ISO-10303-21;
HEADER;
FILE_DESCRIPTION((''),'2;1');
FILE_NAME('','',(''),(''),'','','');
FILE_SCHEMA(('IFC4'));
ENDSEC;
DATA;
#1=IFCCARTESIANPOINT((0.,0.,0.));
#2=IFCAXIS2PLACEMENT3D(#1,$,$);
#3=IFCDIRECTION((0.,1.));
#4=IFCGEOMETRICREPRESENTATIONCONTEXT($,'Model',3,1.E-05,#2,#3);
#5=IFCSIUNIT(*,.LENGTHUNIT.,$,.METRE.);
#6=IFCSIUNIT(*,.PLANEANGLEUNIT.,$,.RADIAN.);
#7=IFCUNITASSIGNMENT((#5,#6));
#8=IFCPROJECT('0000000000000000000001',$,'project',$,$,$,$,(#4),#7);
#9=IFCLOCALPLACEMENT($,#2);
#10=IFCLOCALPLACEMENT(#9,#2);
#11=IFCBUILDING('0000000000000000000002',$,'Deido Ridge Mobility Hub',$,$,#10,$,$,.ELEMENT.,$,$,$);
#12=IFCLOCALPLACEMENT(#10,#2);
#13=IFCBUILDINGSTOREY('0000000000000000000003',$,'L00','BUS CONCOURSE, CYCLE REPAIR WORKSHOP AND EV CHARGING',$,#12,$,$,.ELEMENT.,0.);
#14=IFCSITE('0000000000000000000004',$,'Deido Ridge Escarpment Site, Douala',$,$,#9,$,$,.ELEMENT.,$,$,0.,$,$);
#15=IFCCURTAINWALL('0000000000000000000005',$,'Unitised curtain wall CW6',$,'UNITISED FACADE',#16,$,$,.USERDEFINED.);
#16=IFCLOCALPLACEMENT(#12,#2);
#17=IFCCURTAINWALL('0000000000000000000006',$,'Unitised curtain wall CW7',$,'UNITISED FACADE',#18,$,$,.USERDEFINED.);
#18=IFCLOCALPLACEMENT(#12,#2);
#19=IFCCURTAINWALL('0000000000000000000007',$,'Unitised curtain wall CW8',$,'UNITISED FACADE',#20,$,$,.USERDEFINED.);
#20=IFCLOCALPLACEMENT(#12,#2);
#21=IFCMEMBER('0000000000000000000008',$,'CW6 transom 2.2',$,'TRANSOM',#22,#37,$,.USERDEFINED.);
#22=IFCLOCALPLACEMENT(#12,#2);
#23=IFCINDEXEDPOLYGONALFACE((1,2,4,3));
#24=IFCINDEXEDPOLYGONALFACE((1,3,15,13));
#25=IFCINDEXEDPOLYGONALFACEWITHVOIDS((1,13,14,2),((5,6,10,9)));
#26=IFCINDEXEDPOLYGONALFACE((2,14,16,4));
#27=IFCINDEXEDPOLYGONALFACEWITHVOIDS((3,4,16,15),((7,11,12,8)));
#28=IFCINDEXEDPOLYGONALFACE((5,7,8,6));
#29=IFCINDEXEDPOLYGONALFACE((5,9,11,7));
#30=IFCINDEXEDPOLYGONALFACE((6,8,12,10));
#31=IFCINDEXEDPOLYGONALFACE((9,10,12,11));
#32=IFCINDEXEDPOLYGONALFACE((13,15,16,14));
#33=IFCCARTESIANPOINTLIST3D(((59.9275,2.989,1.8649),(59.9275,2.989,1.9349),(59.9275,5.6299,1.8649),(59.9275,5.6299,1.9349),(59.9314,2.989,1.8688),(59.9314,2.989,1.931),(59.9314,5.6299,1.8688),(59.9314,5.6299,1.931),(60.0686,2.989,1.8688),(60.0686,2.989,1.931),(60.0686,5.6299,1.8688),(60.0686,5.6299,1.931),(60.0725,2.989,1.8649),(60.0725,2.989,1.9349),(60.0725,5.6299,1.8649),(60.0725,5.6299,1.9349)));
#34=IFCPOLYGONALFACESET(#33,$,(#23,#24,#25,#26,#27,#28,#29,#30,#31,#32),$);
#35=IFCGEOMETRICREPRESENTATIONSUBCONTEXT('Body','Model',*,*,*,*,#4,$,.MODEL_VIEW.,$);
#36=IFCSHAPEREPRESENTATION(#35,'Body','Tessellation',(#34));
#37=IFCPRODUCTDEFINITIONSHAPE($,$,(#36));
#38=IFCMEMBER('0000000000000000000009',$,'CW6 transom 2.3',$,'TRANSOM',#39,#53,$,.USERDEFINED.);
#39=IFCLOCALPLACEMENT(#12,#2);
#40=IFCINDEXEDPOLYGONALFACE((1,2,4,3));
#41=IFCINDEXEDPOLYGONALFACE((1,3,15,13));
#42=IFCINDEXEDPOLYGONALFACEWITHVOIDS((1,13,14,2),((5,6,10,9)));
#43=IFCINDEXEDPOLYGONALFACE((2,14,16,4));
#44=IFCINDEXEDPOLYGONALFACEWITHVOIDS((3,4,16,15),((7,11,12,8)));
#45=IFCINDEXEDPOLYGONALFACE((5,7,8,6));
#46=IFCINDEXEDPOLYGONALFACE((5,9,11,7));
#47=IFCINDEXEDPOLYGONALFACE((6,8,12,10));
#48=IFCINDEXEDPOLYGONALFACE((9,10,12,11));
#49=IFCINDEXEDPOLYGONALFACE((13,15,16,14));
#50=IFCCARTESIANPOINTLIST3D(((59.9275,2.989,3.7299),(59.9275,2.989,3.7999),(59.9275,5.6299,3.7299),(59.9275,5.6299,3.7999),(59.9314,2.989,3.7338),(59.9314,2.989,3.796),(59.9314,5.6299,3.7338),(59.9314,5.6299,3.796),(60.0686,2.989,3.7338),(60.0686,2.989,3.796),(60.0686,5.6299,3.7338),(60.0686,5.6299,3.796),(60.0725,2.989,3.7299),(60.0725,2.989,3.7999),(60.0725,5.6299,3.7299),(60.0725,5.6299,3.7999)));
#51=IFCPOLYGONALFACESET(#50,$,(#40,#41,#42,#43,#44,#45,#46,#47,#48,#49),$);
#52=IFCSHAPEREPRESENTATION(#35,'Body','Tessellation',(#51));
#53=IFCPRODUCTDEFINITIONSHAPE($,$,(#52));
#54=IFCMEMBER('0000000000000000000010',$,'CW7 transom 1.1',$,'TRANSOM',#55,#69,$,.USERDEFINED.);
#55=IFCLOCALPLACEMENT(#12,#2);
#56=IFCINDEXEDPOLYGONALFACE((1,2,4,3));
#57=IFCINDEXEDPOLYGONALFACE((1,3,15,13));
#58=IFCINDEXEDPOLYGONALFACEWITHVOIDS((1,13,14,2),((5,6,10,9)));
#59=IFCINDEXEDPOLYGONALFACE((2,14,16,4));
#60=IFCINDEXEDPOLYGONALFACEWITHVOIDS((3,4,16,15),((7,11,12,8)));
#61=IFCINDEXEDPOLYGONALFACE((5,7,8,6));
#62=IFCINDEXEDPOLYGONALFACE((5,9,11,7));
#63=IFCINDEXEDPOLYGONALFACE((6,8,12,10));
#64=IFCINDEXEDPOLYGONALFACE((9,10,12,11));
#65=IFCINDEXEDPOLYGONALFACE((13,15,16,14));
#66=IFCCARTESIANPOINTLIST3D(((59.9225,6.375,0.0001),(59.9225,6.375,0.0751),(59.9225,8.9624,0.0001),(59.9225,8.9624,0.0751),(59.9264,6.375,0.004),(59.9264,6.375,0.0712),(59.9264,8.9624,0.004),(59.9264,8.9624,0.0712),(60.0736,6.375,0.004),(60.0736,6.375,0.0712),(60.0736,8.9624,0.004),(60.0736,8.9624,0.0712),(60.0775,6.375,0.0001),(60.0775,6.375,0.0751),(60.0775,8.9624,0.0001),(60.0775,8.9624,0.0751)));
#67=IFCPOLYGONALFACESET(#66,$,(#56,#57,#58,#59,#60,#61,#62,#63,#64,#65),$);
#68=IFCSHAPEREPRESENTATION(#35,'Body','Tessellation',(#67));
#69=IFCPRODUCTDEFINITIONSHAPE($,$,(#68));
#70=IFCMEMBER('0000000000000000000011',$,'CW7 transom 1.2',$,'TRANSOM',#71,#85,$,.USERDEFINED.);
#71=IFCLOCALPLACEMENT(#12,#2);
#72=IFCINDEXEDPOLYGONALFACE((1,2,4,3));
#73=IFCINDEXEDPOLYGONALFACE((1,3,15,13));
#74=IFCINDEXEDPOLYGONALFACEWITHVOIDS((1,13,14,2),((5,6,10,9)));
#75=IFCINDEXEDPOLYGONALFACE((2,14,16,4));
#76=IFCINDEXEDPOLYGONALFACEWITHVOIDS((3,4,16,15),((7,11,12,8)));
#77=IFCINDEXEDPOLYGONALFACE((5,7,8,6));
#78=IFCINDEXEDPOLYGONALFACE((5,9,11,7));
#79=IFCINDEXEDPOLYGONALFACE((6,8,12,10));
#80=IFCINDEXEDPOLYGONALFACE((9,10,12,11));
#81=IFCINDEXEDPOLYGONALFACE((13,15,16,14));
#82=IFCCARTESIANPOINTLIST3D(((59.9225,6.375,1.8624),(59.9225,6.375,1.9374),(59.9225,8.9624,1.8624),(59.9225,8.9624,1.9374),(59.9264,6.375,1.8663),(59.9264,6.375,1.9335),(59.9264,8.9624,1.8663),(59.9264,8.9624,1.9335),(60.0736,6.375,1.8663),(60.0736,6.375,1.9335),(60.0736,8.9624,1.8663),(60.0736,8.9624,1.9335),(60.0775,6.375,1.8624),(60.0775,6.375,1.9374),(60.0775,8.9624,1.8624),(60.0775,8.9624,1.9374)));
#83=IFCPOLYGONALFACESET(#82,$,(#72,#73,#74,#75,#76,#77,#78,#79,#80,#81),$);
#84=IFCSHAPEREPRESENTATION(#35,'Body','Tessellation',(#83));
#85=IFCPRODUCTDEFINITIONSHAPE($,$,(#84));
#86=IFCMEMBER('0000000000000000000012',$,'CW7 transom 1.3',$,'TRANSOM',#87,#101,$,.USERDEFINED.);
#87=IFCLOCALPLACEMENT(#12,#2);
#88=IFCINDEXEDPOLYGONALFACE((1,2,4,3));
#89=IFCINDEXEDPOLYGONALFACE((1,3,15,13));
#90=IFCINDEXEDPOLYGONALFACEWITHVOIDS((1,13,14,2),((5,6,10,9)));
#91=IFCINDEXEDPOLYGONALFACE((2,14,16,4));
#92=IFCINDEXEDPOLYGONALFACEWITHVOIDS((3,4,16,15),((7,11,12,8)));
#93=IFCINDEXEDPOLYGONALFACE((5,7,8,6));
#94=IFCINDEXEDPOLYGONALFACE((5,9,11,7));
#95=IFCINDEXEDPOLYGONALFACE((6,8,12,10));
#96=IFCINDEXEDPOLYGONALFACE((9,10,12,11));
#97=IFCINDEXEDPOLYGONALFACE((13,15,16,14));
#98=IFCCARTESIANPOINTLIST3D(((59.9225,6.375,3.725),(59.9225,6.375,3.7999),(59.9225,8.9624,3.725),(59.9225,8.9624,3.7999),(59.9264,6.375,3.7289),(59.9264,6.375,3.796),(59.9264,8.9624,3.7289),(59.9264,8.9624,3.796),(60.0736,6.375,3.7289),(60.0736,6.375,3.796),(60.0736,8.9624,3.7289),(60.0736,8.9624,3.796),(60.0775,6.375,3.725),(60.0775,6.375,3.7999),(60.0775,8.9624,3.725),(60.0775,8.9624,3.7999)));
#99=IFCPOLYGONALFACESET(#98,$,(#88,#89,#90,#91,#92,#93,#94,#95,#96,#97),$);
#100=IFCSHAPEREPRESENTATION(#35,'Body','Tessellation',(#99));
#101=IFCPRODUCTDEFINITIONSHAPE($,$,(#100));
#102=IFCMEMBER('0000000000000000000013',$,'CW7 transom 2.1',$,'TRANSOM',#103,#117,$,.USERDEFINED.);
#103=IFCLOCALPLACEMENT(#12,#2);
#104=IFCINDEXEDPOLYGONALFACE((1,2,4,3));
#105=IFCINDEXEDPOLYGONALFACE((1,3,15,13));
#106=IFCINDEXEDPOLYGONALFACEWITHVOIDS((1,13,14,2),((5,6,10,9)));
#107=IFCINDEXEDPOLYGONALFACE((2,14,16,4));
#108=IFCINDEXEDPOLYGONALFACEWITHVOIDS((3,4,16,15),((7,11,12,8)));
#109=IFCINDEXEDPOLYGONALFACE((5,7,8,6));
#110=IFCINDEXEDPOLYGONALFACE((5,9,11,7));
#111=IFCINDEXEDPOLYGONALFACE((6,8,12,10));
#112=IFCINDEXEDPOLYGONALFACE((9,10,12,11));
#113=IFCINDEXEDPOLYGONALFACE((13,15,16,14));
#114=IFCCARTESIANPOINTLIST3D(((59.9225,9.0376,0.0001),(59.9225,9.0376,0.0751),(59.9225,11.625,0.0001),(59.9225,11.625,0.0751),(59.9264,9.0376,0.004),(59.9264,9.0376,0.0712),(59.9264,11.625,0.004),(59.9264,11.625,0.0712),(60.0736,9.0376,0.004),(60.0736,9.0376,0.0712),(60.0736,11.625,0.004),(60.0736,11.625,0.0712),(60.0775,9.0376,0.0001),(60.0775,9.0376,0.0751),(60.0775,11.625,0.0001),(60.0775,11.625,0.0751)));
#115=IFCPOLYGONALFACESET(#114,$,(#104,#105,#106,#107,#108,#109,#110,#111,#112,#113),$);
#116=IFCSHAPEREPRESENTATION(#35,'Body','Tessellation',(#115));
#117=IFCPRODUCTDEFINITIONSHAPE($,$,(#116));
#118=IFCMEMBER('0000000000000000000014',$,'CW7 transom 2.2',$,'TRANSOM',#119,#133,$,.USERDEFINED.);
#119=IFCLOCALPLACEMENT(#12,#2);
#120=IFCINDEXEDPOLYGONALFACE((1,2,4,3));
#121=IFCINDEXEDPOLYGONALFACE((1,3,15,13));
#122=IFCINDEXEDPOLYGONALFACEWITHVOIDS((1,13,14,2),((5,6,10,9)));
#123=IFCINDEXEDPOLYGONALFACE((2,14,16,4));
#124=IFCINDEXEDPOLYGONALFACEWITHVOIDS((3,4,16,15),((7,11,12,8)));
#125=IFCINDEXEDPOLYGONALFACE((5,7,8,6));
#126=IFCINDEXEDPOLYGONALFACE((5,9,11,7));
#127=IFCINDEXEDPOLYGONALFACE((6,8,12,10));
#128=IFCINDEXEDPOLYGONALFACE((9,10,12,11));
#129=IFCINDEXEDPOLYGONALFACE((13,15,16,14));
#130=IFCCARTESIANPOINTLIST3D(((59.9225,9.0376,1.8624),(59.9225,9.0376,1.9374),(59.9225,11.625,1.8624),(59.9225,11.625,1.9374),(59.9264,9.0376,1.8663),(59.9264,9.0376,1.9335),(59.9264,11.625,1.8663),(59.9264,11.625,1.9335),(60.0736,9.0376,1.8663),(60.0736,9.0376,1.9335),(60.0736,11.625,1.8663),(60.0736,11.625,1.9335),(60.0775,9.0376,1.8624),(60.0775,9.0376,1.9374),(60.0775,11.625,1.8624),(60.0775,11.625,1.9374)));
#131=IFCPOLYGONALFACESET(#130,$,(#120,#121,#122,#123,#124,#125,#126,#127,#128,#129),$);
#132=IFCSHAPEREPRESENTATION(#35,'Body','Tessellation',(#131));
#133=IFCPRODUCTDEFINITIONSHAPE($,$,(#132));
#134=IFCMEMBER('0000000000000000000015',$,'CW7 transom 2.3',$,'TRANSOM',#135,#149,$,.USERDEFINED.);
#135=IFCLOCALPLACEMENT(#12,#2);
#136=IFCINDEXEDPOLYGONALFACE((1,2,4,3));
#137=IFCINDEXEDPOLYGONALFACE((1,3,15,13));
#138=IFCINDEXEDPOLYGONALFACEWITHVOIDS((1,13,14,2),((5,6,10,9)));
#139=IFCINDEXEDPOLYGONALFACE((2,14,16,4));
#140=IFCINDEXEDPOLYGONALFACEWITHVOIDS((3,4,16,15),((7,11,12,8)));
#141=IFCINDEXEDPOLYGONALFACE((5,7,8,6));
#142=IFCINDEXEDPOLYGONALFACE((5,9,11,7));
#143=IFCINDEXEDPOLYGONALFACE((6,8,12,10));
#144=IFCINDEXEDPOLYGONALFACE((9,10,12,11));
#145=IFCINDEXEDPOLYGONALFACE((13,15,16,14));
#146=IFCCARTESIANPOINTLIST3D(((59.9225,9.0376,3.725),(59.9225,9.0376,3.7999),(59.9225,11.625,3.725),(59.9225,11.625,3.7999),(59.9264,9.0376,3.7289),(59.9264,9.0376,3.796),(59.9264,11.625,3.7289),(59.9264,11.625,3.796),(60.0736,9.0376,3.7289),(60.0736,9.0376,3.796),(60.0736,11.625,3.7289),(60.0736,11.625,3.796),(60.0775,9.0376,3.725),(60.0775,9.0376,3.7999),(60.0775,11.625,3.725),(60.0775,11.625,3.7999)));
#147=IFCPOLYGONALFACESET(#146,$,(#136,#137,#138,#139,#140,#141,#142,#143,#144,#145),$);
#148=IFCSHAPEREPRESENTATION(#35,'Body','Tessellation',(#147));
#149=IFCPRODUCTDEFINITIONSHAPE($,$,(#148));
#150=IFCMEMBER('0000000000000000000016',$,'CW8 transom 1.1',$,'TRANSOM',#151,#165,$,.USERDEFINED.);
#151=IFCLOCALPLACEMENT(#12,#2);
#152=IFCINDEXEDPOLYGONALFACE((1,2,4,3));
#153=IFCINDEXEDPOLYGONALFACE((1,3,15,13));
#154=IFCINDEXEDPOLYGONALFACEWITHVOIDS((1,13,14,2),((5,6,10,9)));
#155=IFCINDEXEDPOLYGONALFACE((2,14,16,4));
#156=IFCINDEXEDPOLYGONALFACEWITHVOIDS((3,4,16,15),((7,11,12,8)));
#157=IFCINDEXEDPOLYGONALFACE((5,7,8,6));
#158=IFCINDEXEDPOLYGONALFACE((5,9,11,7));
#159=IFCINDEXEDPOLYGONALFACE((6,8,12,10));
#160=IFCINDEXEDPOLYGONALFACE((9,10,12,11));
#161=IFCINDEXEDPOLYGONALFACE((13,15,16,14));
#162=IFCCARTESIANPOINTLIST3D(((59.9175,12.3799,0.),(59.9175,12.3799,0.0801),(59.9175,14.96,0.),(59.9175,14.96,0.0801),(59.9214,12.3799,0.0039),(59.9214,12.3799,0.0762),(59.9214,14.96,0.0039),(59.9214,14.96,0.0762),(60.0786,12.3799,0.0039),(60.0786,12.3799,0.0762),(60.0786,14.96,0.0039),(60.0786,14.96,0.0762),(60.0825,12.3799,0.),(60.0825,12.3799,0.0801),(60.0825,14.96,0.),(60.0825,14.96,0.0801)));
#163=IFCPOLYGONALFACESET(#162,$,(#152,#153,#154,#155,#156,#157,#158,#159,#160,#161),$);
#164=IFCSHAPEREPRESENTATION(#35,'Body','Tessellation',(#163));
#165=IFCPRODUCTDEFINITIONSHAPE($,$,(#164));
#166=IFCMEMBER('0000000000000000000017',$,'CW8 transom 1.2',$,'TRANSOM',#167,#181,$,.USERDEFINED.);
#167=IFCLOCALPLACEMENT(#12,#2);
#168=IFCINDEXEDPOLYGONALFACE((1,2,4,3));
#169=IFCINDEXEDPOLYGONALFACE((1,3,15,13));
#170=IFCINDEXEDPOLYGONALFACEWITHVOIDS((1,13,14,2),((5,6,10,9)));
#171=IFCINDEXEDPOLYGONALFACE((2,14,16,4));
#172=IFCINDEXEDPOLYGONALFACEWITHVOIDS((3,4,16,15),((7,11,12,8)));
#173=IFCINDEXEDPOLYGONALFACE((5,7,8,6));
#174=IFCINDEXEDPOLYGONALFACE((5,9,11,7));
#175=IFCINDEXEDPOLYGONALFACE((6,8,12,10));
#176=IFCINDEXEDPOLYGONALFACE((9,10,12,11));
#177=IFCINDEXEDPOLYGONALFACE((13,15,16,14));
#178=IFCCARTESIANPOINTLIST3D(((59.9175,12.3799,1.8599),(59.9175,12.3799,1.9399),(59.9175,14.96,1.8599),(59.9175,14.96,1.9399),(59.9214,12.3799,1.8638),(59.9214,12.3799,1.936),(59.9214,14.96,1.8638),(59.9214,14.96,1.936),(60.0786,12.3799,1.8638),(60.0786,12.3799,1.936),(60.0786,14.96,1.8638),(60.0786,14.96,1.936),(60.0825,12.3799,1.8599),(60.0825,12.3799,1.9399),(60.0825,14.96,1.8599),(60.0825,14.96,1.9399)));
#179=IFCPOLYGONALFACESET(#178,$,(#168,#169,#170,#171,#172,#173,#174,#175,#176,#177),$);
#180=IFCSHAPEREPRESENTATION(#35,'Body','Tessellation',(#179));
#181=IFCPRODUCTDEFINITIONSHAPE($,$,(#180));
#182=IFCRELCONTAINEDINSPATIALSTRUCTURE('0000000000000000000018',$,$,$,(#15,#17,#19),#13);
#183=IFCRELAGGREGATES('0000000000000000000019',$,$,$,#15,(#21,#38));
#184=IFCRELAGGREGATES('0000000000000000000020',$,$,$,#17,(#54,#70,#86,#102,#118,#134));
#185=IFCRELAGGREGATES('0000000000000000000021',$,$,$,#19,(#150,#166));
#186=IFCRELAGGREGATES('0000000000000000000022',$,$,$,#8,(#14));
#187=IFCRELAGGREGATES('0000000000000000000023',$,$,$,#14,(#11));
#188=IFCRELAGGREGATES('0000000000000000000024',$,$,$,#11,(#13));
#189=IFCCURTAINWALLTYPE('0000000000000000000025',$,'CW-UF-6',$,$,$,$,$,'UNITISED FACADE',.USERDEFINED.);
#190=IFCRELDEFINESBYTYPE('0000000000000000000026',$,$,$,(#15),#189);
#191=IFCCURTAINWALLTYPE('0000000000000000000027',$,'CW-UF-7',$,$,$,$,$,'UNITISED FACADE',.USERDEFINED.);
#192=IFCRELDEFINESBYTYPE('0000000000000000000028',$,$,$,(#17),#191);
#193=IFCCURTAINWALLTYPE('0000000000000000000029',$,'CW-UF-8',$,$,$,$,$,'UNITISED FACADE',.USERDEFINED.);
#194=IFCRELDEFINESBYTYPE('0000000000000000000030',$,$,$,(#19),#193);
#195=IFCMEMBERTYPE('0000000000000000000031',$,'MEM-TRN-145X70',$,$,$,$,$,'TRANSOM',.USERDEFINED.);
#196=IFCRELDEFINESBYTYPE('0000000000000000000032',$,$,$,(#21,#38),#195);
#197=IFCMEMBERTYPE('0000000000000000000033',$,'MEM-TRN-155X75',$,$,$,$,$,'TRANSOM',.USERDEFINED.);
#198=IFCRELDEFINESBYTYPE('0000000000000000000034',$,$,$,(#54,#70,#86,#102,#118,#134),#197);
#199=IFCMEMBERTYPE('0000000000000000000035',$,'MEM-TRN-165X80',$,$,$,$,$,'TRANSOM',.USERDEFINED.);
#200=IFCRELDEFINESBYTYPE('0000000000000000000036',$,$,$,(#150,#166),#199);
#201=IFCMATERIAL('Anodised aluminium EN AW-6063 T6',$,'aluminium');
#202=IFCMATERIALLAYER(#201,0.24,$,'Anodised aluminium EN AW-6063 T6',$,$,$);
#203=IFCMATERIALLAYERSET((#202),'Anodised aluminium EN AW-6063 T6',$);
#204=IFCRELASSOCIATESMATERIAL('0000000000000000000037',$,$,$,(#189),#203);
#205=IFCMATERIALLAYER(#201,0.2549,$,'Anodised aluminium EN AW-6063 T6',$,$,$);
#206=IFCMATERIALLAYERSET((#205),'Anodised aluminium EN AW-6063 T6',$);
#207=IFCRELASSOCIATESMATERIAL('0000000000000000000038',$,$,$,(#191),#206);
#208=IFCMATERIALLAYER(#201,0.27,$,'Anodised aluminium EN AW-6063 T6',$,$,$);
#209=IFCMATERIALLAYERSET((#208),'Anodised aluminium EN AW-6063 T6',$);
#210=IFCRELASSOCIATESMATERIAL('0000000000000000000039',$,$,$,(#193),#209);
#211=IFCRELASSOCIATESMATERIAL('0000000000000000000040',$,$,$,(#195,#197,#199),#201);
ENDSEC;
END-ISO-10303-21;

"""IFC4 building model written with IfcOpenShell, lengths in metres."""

from ifc_helpers import new_model, si_unit, direction, frame, origin, origin_2d, place, context, subcontext, project, spatial, hollow_rectangle, extrude, material, layer, layer_set, material_profile, profile_set, type_object, element, aggregate, save


model = new_model("IFC4")

# Units and contexts
model_context = context("Model", 3, precision=1e-05, world=origin(), true_north=direction((0.0, 1.0)))
body_context = subcontext(model_context, "Body", "Model", "MODEL_VIEW")
ifc_project = project(units=[si_unit("LENGTHUNIT", "METRE"), si_unit("PLANEANGLEUNIT", "RADIAN")], contexts=[model_context])

# Site, building, storey
site_placement = place(None, origin())
site = spatial("IfcSite", under=ifc_project, at=site_placement, Name="Deido Ridge Escarpment Site, Douala", CompositionType="ELEMENT", RefElevation=0.0)
building_placement = place(site_placement, origin())
building = spatial("IfcBuilding", under=site, at=building_placement, Name="Deido Ridge Mobility Hub", CompositionType="ELEMENT")
storey_placement = place(building_placement, origin())
storey = spatial("IfcBuildingStorey", under=building, at=storey_placement, Name="L00", Description="BUS CONCOURSE, CYCLE REPAIR WORKSHOP AND EV CHARGING", CompositionType="ELEMENT", Elevation=0.0)

# Shared definitions
ifc_material_1 = material(Name="Anodised aluminium EN AW-6063 T6", Category="aluminium")

# Curtain walls
ifc_layer_1 = layer(ifc_material_1, 0.24, Name="Anodised aluminium EN AW-6063 T6")
ifc_layer_set_1 = layer_set([ifc_layer_1], Name="Anodised aluminium EN AW-6063 T6")
curtain_wall_type_1 = type_object("IfcCurtainWallType", Name="CW-UF-6", ElementType="UNITISED FACADE", PredefinedType="USERDEFINED", material=ifc_layer_set_1)
curtain_wall_1_placement = place(storey_placement, origin())
curtain_wall_1 = element("IfcCurtainWall", 1, at=curtain_wall_1_placement, inside=storey, type_object=curtain_wall_type_1, Name="Unitised curtain wall CW6", ObjectType="UNITISED FACADE", PredefinedType="USERDEFINED")
ifc_layer_2 = layer(ifc_material_1, 0.2549, Name="Anodised aluminium EN AW-6063 T6")
ifc_layer_set_2 = layer_set([ifc_layer_2], Name="Anodised aluminium EN AW-6063 T6")
curtain_wall_type_2 = type_object("IfcCurtainWallType", Name="CW-UF-7", ElementType="UNITISED FACADE", PredefinedType="USERDEFINED", material=ifc_layer_set_2)
curtain_wall_2_placement = place(storey_placement, origin())
curtain_wall_2 = element("IfcCurtainWall", 2, at=curtain_wall_2_placement, inside=storey, type_object=curtain_wall_type_2, Name="Unitised curtain wall CW7", ObjectType="UNITISED FACADE", PredefinedType="USERDEFINED")

# Curtain wall
ifc_layer_3 = layer(ifc_material_1, 0.27, Name="Anodised aluminium EN AW-6063 T6")
ifc_layer_set_3 = layer_set([ifc_layer_3], Name="Anodised aluminium EN AW-6063 T6")
curtain_wall_type_3 = type_object("IfcCurtainWallType", Name="CW-UF-8", ElementType="UNITISED FACADE", PredefinedType="USERDEFINED", material=ifc_layer_set_3)
curtain_wall_3_placement = place(storey_placement, origin())
curtain_wall_3 = element("IfcCurtainWall", 3, at=curtain_wall_3_placement, inside=storey, type_object=curtain_wall_type_3, Name="Unitised curtain wall CW8", ObjectType="UNITISED FACADE", PredefinedType="USERDEFINED")

# Members
ifc_material_profile_1 = material_profile(ifc_material_1, hollow_rectangle(XDim=0.145, YDim=0.0701, WallThickness=0.0039, at=origin_2d()), Name="RHS 145x70x4")
ifc_profile_set_1 = profile_set([ifc_material_profile_1], Name="Anodised aluminium EN AW-6063 T6")
member_type_1 = type_object("IfcMemberType", Name="MEM-TRN-145X70", ElementType="TRANSOM", PredefinedType="USERDEFINED", material=ifc_profile_set_1)
member_1_placement = place(storey_placement, frame((60.0, 2.989, 1.8999), z_axis=(0.0, 1.0, 0.0), x_axis=(-1.0, 0.0, 0.0)))
member_1 = element("IfcMember", 4, at=member_1_placement, type_object=member_type_1, Name="CW6 transom 2.2", ObjectType="TRANSOM", PredefinedType="USERDEFINED", context=body_context, shape_type="SweptSolid", body=[
    extrude(hollow_rectangle(XDim=0.145, YDim=0.0701, WallThickness=0.0039, at=origin_2d()), origin(), (0.0, 0.0, 1.0), 2.6409),
])
member_2_placement = place(storey_placement, frame((60.0, 2.989, 3.7649), z_axis=(0.0, 1.0, 0.0), x_axis=(-1.0, 0.0, 0.0)))
member_2 = element("IfcMember", 5, at=member_2_placement, type_object=member_type_1, Name="CW6 transom 2.3", ObjectType="TRANSOM", PredefinedType="USERDEFINED", context=body_context, shape_type="SweptSolid", body=[
    extrude(hollow_rectangle(XDim=0.145, YDim=0.0701, WallThickness=0.0039, at=origin_2d()), origin(), (0.0, 0.0, 1.0), 2.6409),
])
ifc_material_profile_2 = material_profile(ifc_material_1, hollow_rectangle(XDim=0.155, YDim=0.075, WallThickness=0.0039, at=origin_2d()), Name="RHS 155x75x4")
ifc_profile_set_2 = profile_set([ifc_material_profile_2], Name="Anodised aluminium EN AW-6063 T6")
member_type_2 = type_object("IfcMemberType", Name="MEM-TRN-155X75", ElementType="TRANSOM", PredefinedType="USERDEFINED", material=ifc_profile_set_2)
member_3_placement = place(storey_placement, frame((60.0, 6.375, 0.0376), z_axis=(0.0, 1.0, 0.0), x_axis=(-1.0, 0.0, 0.0)))
member_3 = element("IfcMember", 6, at=member_3_placement, type_object=member_type_2, Name="CW7 transom 1.1", ObjectType="TRANSOM", PredefinedType="USERDEFINED", context=body_context, shape_type="SweptSolid", body=[
    extrude(hollow_rectangle(XDim=0.155, YDim=0.075, WallThickness=0.0039, at=origin_2d()), origin(), (0.0, 0.0, 1.0), 2.5874),
])
member_4_placement = place(storey_placement, frame((60.0, 6.375, 1.8999), z_axis=(0.0, 1.0, 0.0), x_axis=(-1.0, 0.0, 0.0)))
member_4 = element("IfcMember", 7, at=member_4_placement, type_object=member_type_2, Name="CW7 transom 1.2", ObjectType="TRANSOM", PredefinedType="USERDEFINED", context=body_context, shape_type="SweptSolid", body=[
    extrude(hollow_rectangle(XDim=0.155, YDim=0.075, WallThickness=0.0039, at=origin_2d()), origin(), (0.0, 0.0, 1.0), 2.5874),
])
member_5_placement = place(storey_placement, frame((60.0, 6.375, 3.7625), z_axis=(0.0, 1.0, 0.0), x_axis=(-1.0, 0.0, 0.0)))
member_5 = element("IfcMember", 8, at=member_5_placement, type_object=member_type_2, Name="CW7 transom 1.3", ObjectType="TRANSOM", PredefinedType="USERDEFINED", context=body_context, shape_type="SweptSolid", body=[
    extrude(hollow_rectangle(XDim=0.155, YDim=0.075, WallThickness=0.0039, at=origin_2d()), origin(), (0.0, 0.0, 1.0), 2.5874),
])
member_6_placement = place(storey_placement, frame((60.0, 9.0376, 0.0376), z_axis=(0.0, 1.0, 0.0), x_axis=(-1.0, 0.0, 0.0)))
member_6 = element("IfcMember", 9, at=member_6_placement, type_object=member_type_2, Name="CW7 transom 2.1", ObjectType="TRANSOM", PredefinedType="USERDEFINED", context=body_context, shape_type="SweptSolid", body=[
    extrude(hollow_rectangle(XDim=0.155, YDim=0.075, WallThickness=0.0039, at=origin_2d()), origin(), (0.0, 0.0, 1.0), 2.5874),
])
member_7_placement = place(storey_placement, frame((60.0, 9.0376, 1.8999), z_axis=(0.0, 1.0, 0.0), x_axis=(-1.0, 0.0, 0.0)))
member_7 = element("IfcMember", 10, at=member_7_placement, type_object=member_type_2, Name="CW7 transom 2.2", ObjectType="TRANSOM", PredefinedType="USERDEFINED", context=body_context, shape_type="SweptSolid", body=[
    extrude(hollow_rectangle(XDim=0.155, YDim=0.075, WallThickness=0.0039, at=origin_2d()), origin(), (0.0, 0.0, 1.0), 2.5874),
])
member_8_placement = place(storey_placement, frame((60.0, 9.0376, 3.7625), z_axis=(0.0, 1.0, 0.0), x_axis=(-1.0, 0.0, 0.0)))
member_8 = element("IfcMember", 11, at=member_8_placement, type_object=member_type_2, Name="CW7 transom 2.3", ObjectType="TRANSOM", PredefinedType="USERDEFINED", context=body_context, shape_type="SweptSolid", body=[
    extrude(hollow_rectangle(XDim=0.155, YDim=0.075, WallThickness=0.0039, at=origin_2d()), origin(), (0.0, 0.0, 1.0), 2.5874),
])
ifc_material_profile_3 = material_profile(ifc_material_1, hollow_rectangle(XDim=0.165, YDim=0.0801, WallThickness=0.0039, at=origin_2d()), Name="RHS 165x80x4")
ifc_profile_set_3 = profile_set([ifc_material_profile_3], Name="Anodised aluminium EN AW-6063 T6")
member_type_3 = type_object("IfcMemberType", Name="MEM-TRN-165X80", ElementType="TRANSOM", PredefinedType="USERDEFINED", material=ifc_profile_set_3)
member_9_placement = place(storey_placement, frame((60.0, 12.3799, 0.04), z_axis=(0.0, 1.0, 0.0), x_axis=(-1.0, 0.0, 0.0)))
member_9 = element("IfcMember", 12, at=member_9_placement, type_object=member_type_3, Name="CW8 transom 1.1", ObjectType="TRANSOM", PredefinedType="USERDEFINED", context=body_context, shape_type="SweptSolid", body=[
    extrude(hollow_rectangle(XDim=0.165, YDim=0.0801, WallThickness=0.0039, at=origin_2d()), origin(), (0.0, 0.0, 1.0), 2.5801),
])
member_10_placement = place(storey_placement, frame((60.0, 12.3799, 1.8999), z_axis=(0.0, 1.0, 0.0), x_axis=(-1.0, 0.0, 0.0)))
member_10 = element("IfcMember", 13, at=member_10_placement, type_object=member_type_3, Name="CW8 transom 1.2", ObjectType="TRANSOM", PredefinedType="USERDEFINED", context=body_context, shape_type="SweptSolid", body=[
    extrude(hollow_rectangle(XDim=0.165, YDim=0.0801, WallThickness=0.0039, at=origin_2d()), origin(), (0.0, 0.0, 1.0), 2.5801),
])

aggregate(curtain_wall_1, [member_1, member_2])
aggregate(curtain_wall_2, [member_3, member_4, member_5, member_6, member_7, member_8])
aggregate(curtain_wall_3, [member_9, member_10])

save(model, "model.ifc")
